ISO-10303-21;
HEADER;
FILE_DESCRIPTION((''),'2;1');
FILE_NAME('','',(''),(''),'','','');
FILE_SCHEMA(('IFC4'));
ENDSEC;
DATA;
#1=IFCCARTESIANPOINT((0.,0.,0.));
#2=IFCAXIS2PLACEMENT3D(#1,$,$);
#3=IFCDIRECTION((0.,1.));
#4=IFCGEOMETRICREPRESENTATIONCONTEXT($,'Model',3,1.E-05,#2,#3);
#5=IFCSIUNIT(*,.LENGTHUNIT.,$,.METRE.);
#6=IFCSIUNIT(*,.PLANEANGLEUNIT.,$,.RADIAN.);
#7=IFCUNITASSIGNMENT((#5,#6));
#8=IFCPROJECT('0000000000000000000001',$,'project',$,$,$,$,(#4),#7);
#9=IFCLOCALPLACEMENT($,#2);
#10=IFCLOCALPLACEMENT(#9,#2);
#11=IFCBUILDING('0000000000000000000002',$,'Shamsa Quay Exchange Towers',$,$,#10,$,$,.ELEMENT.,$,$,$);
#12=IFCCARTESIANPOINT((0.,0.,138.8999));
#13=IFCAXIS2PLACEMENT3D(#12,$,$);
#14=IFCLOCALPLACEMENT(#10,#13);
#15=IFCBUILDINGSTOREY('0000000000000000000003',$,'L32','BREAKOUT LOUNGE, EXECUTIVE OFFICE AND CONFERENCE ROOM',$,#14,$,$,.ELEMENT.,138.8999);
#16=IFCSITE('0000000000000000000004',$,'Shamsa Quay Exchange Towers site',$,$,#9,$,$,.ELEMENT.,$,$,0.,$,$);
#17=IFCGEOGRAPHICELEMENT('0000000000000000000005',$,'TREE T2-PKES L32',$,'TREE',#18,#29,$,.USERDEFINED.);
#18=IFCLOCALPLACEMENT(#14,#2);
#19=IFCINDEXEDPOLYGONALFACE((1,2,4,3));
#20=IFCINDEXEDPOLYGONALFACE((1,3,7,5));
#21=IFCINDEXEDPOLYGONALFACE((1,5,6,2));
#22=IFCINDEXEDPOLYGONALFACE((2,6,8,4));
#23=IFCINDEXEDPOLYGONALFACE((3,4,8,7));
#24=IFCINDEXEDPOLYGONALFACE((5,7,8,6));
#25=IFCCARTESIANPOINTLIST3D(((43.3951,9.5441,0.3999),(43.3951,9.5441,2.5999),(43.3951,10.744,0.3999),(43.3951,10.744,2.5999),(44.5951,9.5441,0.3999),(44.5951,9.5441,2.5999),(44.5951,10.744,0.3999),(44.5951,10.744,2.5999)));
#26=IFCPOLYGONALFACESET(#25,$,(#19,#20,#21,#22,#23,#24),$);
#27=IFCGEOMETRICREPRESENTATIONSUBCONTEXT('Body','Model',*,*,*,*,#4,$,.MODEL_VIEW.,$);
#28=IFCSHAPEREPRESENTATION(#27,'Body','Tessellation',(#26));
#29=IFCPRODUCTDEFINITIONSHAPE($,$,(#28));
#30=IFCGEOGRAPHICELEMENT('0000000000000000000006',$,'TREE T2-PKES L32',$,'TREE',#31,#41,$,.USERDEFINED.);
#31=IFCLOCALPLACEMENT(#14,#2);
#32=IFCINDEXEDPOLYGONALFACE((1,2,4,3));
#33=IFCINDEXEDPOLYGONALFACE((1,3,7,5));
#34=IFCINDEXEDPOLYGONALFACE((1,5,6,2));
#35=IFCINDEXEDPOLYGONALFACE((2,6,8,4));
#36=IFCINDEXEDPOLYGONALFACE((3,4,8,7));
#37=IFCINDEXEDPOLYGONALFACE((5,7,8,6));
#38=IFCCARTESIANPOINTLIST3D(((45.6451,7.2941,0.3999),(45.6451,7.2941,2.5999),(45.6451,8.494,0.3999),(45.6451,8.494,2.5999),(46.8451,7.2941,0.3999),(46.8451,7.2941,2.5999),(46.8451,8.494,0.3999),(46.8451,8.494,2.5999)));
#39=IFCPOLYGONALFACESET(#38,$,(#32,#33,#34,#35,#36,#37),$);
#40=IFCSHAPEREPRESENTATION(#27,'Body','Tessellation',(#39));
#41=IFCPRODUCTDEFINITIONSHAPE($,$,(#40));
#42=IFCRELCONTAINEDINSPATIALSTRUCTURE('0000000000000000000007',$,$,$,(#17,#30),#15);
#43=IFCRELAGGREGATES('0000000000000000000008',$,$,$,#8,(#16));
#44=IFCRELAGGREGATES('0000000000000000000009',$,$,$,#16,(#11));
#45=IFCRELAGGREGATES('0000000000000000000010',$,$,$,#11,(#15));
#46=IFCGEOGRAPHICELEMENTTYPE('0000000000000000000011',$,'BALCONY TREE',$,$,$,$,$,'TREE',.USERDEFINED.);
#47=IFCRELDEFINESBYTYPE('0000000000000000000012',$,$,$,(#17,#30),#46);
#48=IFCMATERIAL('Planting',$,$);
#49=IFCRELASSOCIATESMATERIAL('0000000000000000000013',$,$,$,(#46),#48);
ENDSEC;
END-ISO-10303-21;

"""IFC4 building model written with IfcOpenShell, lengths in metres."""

from ifc_helpers import new_model, si_unit, direction, frame, origin, origin_2d, place, context, subcontext, project, spatial, rectangle, extrude, material, type_object, element, save


model = new_model("IFC4")

# Units and contexts
model_context = context("Model", 3, precision=1e-05, world=origin(), true_north=direction((0.0, 1.0)))
body_context = subcontext(model_context, "Body", "Model", "MODEL_VIEW")
ifc_project = project(units=[si_unit("LENGTHUNIT", "METRE"), si_unit("PLANEANGLEUNIT", "RADIAN")], contexts=[model_context])

# Site, building, storey
site_placement = place(None, origin())
site = spatial("IfcSite", under=ifc_project, at=site_placement, Name="Shamsa Quay Exchange Towers site", CompositionType="ELEMENT", RefElevation=0.0)
building_placement = place(site_placement, origin())
building = spatial("IfcBuilding", under=site, at=building_placement, Name="Shamsa Quay Exchange Towers", CompositionType="ELEMENT")
storey_placement = place(building_placement, frame((0.0, 0.0, 138.8999)))
storey = spatial("IfcBuildingStorey", under=building, at=storey_placement, Name="L32", Description="BREAKOUT LOUNGE, EXECUTIVE OFFICE AND CONFERENCE ROOM", CompositionType="ELEMENT", Elevation=138.8999)

# Geographic elements
ifc_material_1 = material(Name="Planting")
geographic_element_type = type_object("IfcGeographicElementType", Name="BALCONY TREE", ElementType="TREE", PredefinedType="USERDEFINED", material=ifc_material_1)
for number, where, z_axis, x_axis, name in (
    (1, (43.9951, 10.144, 0.3999), (0.0, 0.0, 1.0), (0.0, 1.0, 0.0), "TREE T2-PKES L32"),
    (2, (46.2451, 7.894, 0.3999), (0.0, 0.0, 1.0), (0.0, 1.0, 0.0), "TREE T2-PKES L32"),
):
    element("IfcGeographicElement", number, at=place(storey_placement, frame(where, z_axis=z_axis, x_axis=x_axis)), inside=storey, type_object=geographic_element_type, Name=name, ObjectType="TREE", PredefinedType="USERDEFINED", context=body_context, shape_type="SweptSolid", body=[
        extrude(rectangle(XDim=1.2, YDim=1.2, at=origin_2d()), origin(), (0.0, 0.0, 1.0), 2.2),
    ])

save(model, "model.ifc")
